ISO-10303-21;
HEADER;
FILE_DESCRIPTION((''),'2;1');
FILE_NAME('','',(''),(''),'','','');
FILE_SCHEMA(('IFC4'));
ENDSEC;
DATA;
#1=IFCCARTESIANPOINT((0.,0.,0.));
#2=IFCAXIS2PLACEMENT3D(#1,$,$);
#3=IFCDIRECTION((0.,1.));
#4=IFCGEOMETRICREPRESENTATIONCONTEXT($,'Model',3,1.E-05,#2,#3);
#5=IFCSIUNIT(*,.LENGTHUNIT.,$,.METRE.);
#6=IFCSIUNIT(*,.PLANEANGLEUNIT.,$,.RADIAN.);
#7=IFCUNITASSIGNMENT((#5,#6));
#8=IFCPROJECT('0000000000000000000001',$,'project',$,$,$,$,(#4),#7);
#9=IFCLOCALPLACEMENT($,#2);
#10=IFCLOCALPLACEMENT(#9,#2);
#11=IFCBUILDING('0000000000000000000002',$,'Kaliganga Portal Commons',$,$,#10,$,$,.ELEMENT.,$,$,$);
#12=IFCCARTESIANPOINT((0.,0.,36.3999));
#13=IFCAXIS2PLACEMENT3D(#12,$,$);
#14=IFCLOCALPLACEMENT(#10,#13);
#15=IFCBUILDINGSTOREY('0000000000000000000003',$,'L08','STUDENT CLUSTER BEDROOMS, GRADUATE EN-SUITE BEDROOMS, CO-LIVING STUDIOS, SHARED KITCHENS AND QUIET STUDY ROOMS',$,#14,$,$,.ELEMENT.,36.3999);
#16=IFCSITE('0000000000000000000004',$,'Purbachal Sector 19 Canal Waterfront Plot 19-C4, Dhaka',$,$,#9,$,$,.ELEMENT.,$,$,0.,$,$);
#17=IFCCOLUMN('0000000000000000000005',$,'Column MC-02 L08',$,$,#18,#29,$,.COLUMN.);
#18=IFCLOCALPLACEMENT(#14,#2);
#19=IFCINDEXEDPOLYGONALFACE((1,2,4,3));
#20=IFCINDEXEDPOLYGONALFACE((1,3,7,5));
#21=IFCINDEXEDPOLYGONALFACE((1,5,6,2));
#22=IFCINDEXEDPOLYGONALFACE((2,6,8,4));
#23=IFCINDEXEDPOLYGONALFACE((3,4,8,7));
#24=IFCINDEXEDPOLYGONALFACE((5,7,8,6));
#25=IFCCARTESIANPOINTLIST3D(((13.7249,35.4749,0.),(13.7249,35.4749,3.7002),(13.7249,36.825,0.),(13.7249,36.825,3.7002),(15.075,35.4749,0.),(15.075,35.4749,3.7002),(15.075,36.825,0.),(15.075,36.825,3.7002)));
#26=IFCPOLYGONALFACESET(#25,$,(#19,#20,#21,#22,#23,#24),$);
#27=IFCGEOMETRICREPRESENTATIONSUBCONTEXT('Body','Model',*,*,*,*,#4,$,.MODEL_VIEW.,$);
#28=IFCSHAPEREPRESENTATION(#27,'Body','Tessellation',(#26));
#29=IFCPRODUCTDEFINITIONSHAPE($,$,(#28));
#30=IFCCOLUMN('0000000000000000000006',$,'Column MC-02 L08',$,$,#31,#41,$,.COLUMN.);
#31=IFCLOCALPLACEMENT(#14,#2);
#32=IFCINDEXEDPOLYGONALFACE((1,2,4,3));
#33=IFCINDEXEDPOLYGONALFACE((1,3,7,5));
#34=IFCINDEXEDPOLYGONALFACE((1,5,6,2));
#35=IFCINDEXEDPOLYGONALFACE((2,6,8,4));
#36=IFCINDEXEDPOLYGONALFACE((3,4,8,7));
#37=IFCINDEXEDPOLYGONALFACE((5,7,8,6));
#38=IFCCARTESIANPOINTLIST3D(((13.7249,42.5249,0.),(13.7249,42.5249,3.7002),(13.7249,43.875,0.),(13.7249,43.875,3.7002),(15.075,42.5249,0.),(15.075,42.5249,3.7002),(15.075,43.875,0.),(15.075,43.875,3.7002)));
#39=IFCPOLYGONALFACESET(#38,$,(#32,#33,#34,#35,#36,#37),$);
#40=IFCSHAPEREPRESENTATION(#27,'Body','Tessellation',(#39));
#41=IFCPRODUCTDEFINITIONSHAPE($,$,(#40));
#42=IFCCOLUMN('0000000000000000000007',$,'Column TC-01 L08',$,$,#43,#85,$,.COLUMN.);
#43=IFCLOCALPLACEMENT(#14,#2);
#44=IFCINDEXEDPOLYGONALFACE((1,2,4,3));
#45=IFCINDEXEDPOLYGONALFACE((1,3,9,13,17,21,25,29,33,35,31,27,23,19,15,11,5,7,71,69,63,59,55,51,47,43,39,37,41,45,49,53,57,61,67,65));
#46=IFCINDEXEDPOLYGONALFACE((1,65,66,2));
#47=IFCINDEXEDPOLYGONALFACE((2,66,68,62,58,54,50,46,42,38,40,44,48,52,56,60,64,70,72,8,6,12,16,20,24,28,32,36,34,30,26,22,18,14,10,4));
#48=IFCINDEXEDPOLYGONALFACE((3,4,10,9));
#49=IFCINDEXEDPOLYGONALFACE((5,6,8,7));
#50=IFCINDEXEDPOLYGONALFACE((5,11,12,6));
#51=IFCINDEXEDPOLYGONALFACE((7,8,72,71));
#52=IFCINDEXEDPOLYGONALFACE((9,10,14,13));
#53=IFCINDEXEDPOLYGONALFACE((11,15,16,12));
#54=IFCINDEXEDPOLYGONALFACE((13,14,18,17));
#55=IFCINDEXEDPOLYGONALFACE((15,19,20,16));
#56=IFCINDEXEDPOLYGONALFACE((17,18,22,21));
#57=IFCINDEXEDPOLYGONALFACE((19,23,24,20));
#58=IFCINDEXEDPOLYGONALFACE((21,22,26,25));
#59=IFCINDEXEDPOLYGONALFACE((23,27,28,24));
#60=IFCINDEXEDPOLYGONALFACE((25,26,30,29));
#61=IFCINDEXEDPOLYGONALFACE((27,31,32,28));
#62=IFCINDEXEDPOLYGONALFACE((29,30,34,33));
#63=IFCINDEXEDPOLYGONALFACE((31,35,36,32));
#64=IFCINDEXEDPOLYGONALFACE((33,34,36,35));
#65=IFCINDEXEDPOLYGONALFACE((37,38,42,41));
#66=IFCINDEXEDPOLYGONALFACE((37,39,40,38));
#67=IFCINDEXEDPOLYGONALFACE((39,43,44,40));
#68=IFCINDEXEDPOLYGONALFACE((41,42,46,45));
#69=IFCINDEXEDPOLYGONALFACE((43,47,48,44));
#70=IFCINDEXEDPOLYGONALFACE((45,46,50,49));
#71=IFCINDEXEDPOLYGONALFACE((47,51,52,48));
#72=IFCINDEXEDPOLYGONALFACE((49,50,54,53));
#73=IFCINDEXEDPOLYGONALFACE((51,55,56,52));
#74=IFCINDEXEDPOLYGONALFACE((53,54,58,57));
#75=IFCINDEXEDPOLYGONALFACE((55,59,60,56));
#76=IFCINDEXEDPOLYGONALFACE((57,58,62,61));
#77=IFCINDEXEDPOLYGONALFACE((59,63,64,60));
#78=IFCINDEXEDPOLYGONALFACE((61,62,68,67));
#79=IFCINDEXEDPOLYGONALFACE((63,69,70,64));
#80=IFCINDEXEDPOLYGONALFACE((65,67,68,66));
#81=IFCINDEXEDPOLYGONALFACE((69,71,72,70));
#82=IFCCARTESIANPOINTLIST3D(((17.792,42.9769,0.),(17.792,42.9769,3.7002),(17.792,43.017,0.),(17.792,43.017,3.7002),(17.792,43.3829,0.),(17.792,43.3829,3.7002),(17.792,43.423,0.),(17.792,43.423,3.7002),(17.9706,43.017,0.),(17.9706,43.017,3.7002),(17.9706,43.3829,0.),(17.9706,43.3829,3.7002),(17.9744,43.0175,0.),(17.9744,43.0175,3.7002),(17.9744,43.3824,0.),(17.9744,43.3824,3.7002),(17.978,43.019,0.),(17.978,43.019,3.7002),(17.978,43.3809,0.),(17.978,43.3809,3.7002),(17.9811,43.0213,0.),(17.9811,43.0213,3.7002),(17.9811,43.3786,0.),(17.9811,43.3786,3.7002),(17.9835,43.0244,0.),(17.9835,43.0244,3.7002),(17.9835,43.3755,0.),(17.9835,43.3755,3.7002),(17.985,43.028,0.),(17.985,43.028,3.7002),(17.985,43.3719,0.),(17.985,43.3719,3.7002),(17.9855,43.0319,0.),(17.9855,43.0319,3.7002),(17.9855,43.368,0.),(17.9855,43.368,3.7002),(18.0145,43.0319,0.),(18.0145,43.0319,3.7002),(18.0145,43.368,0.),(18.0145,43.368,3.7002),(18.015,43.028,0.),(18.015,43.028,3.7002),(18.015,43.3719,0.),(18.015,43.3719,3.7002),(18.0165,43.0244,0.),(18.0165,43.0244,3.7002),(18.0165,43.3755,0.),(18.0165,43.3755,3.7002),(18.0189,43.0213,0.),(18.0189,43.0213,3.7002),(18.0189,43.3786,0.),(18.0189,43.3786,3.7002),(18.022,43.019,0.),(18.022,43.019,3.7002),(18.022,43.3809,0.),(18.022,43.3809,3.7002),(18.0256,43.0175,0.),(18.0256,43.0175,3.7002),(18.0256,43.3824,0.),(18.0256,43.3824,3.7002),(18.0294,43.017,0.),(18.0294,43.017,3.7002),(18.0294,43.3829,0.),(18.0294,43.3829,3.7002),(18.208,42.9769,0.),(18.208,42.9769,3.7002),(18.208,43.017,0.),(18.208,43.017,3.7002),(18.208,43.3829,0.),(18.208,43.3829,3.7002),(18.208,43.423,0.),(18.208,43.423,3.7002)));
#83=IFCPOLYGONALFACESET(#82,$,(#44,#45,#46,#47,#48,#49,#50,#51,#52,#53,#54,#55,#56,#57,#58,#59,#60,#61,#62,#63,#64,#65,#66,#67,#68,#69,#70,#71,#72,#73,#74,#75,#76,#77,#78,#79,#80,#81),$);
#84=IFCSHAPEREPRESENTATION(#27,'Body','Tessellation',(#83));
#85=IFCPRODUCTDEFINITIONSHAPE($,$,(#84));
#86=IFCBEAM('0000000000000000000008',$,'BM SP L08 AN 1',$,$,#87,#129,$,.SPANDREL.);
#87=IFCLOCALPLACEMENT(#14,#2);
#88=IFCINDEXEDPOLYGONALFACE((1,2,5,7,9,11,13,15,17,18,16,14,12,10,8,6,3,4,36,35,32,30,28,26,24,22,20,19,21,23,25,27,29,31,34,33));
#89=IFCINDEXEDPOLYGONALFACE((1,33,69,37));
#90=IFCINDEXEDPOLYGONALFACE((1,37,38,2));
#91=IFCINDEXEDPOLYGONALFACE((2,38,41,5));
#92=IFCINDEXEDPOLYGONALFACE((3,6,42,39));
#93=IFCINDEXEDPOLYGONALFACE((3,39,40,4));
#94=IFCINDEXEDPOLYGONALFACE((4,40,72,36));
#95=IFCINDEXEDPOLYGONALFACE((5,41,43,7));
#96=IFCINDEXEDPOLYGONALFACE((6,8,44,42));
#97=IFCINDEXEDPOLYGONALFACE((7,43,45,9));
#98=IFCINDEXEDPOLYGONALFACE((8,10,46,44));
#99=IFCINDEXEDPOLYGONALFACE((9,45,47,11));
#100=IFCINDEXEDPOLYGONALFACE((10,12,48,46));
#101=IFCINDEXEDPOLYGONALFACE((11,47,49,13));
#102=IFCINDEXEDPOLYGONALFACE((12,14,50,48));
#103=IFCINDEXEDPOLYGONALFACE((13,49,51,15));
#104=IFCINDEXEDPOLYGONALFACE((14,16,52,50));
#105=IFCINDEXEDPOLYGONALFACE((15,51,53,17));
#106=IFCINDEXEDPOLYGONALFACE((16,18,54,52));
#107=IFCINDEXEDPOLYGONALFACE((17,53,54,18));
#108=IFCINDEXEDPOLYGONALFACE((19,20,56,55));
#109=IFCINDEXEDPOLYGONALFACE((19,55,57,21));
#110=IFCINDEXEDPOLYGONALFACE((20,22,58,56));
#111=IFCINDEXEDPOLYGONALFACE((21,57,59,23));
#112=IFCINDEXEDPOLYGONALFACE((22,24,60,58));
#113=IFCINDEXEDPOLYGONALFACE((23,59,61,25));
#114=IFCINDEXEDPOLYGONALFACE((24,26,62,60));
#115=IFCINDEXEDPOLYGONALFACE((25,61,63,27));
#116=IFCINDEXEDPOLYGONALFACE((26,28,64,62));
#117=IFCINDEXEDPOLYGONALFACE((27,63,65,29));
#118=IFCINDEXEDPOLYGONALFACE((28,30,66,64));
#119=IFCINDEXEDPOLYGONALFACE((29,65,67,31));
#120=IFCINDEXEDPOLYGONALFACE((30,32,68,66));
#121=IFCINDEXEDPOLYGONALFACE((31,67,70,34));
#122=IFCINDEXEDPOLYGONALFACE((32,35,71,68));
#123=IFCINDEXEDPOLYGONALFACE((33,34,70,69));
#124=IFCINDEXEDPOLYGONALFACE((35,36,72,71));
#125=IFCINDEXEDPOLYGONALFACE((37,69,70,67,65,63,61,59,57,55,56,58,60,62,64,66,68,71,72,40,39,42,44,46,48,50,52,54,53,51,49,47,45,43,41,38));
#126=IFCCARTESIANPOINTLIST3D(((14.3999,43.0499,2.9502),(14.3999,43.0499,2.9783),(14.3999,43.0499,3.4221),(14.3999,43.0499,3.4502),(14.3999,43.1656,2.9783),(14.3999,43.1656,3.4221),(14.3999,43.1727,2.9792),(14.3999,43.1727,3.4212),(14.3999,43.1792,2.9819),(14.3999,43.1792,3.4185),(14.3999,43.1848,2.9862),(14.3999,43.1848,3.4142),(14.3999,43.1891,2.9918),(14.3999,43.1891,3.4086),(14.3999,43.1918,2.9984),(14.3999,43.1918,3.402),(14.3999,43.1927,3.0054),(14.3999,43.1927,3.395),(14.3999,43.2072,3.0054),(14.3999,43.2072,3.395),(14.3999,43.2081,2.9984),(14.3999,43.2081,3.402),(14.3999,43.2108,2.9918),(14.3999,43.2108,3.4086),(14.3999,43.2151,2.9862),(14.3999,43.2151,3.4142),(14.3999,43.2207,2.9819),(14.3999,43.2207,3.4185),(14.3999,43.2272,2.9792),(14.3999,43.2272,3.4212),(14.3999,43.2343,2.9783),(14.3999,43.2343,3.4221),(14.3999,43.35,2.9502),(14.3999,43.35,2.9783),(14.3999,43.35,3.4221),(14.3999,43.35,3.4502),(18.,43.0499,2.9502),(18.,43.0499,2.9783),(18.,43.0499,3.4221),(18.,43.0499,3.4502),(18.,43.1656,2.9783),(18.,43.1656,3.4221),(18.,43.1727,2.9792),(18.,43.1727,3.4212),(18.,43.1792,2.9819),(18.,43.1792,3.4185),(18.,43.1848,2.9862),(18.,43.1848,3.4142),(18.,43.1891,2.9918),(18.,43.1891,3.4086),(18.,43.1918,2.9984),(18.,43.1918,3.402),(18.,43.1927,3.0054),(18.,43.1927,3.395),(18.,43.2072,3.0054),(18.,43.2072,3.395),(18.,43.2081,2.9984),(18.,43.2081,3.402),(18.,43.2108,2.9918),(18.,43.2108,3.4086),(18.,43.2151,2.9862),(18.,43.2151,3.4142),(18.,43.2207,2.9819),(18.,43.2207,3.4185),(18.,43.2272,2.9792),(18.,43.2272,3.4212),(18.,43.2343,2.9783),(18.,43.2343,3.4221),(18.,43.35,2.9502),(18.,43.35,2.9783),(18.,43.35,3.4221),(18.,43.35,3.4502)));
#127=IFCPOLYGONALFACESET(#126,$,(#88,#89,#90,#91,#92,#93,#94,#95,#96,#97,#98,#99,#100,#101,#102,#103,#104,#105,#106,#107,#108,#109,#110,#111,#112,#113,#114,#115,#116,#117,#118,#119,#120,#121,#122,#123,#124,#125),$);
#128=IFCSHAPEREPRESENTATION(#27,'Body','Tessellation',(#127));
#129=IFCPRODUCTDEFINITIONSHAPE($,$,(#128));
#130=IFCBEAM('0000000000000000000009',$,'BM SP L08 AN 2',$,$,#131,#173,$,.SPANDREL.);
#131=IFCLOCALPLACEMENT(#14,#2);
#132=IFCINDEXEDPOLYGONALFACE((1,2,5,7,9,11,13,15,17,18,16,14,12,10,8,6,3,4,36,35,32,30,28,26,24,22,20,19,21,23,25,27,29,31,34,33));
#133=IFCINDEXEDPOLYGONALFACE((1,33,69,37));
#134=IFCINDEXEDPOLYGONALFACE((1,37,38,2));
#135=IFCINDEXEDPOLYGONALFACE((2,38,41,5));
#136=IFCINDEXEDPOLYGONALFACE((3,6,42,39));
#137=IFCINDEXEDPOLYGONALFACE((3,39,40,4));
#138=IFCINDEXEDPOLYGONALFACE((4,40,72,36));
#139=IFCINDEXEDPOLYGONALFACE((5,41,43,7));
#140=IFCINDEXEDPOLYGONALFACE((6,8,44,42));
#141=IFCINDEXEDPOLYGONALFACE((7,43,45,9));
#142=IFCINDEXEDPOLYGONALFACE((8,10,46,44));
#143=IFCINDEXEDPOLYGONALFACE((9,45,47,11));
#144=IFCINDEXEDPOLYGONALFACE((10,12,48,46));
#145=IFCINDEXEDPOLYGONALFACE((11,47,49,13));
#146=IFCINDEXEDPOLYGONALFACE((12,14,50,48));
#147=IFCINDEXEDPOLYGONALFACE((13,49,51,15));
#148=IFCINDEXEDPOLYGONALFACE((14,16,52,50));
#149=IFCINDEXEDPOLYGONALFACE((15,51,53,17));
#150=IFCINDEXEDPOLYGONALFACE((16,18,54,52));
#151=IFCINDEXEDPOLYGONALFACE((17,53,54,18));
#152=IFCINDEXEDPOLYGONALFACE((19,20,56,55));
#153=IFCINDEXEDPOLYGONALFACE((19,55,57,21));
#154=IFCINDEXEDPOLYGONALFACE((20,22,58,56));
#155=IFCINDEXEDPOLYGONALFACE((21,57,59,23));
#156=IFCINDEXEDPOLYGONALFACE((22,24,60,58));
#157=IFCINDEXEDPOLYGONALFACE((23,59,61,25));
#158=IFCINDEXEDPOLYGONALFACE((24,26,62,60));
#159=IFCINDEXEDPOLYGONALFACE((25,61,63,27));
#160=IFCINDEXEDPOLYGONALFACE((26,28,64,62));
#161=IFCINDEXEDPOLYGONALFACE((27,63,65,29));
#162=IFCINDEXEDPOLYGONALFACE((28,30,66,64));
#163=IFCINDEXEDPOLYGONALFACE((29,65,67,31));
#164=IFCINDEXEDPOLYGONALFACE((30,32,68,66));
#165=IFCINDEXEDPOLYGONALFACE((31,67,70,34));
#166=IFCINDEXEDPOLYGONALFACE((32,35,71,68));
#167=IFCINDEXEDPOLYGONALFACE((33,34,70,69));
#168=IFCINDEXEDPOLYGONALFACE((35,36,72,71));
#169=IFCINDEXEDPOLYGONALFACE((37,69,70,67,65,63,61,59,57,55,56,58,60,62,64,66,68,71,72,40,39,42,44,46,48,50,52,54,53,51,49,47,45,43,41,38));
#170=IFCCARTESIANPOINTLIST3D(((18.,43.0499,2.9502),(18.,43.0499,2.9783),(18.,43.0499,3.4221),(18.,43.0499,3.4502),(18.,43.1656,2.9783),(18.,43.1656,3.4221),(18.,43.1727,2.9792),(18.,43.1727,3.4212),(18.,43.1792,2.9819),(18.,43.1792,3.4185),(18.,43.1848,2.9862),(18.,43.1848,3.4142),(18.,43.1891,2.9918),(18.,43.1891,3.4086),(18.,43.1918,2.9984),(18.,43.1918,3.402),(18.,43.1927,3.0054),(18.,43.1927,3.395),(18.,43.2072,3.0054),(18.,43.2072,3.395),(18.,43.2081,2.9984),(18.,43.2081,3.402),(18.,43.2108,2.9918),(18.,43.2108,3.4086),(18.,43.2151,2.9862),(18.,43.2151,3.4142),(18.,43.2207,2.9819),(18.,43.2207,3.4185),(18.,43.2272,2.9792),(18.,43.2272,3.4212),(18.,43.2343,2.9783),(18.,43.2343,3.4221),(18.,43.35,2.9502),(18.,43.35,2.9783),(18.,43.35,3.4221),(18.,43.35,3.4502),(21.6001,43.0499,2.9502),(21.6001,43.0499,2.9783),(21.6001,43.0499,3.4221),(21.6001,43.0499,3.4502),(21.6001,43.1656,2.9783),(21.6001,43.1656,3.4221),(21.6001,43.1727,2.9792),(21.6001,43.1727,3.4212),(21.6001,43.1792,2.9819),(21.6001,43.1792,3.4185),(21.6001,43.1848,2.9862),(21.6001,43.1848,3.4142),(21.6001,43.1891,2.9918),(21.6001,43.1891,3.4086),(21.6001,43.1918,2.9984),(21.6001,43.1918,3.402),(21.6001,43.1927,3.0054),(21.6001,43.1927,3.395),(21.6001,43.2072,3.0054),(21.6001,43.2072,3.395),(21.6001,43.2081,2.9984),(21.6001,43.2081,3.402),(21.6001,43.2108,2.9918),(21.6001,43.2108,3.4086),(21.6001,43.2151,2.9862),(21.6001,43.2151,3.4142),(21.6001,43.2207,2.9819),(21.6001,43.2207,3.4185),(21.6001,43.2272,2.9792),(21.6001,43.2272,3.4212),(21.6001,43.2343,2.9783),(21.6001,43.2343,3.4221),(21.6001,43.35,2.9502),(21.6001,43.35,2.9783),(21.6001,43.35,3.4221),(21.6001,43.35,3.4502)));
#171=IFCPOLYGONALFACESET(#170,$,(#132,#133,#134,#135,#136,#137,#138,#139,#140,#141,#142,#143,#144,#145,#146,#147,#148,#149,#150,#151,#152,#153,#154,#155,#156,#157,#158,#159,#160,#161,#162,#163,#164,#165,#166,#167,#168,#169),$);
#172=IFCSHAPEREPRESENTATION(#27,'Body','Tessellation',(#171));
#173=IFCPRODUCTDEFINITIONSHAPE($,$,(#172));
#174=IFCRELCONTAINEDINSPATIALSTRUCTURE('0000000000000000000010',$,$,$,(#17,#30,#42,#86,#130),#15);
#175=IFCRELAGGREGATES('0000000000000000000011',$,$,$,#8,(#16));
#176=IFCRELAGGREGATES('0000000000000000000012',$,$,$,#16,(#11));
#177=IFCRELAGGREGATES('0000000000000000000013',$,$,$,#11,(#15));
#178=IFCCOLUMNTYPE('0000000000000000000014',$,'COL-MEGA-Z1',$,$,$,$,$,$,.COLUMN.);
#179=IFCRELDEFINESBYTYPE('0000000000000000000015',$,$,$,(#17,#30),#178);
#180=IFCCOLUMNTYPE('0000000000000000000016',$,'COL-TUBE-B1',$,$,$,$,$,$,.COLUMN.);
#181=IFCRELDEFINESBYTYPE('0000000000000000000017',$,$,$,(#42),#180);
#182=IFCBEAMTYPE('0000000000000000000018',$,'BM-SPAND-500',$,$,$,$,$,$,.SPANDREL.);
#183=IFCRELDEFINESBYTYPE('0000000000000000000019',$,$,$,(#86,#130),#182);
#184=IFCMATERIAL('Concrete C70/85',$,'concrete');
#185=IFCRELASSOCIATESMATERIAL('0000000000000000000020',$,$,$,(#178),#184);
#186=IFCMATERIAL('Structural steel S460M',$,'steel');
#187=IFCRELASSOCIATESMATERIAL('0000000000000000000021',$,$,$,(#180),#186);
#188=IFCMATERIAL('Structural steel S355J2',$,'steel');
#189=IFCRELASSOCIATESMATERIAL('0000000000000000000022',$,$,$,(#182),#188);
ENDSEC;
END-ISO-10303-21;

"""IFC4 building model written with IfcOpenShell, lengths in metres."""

from ifc_helpers import new_model, si_unit, direction, frame, origin, origin_2d, place, context, subcontext, project, spatial, rectangle, i_section, extrude, source, transform, mapped, material, material_profile, profile_set, type_object, element, save


model = new_model("IFC4")

# Units and contexts
model_context = context("Model", 3, precision=1e-05, world=origin(), true_north=direction((0.0, 1.0)))
body_context = subcontext(model_context, "Body", "Model", "MODEL_VIEW")
ifc_project = project(units=[si_unit("LENGTHUNIT", "METRE"), si_unit("PLANEANGLEUNIT", "RADIAN")], contexts=[model_context])

# Site, building, storey
site_placement = place(None, origin())
site = spatial("IfcSite", under=ifc_project, at=site_placement, Name="Purbachal Sector 19 Canal Waterfront Plot 19-C4, Dhaka", CompositionType="ELEMENT", RefElevation=0.0)
building_placement = place(site_placement, origin())
building = spatial("IfcBuilding", under=site, at=building_placement, Name="Kaliganga Portal Commons", CompositionType="ELEMENT")
storey_placement = place(building_placement, frame((0.0, 0.0, 36.3999)))
storey = spatial("IfcBuildingStorey", under=building, at=storey_placement, Name="L08", Description="STUDENT CLUSTER BEDROOMS, GRADUATE EN-SUITE BEDROOMS, CO-LIVING STUDIOS, SHARED KITCHENS AND QUIET STUDY ROOMS", CompositionType="ELEMENT", Elevation=36.3999)

# Columns
ifc_material_1 = material(Name="Concrete C70/85", Category="concrete")
ifc_material_profile_1 = material_profile(ifc_material_1, rectangle(XDim=1.3501, YDim=1.3501, at=origin_2d()), Name="RC 1350x1350")
ifc_profile_set_1 = profile_set([ifc_material_profile_1], Name="Concrete C70/85")
column_type_1 = type_object("IfcColumnType", Name="COL-MEGA-Z1", PredefinedType="COLUMN", material=ifc_profile_set_1)
shared_shape_1 = source(origin(), body_context, "Body", "SweptSolid", [
    extrude(rectangle(XDim=1.3501, YDim=1.3501, at=origin_2d()), origin(), (0.0, 0.0, 1.0), 3.7002),
])
for number, where, z_axis, x_axis, name in (
    (1, (14.3999, 36.1499, 0.0), (0.0, 0.0, 1.0), (1.0, 0.0, 0.0), "Column MC-02 L08"),
    (2, (14.3999, 43.2, 0.0), (0.0, 0.0, 1.0), (1.0, 0.0, 0.0), "Column MC-02 L08"),
):
    element("IfcColumn", number, at=place(storey_placement, frame(where, z_axis=z_axis, x_axis=x_axis)), inside=storey, type_object=column_type_1, Name=name, PredefinedType="COLUMN", context=body_context, shape_type="MappedRepresentation", body=[
        mapped(shared_shape_1, transform((0.0, 0.0, 0.0), x_axis=(1.0, 0.0, 0.0), y_axis=(0.0, 1.0, 0.0), z_axis=(0.0, 0.0, 1.0), scale=1.0)),
    ])
ifc_material_2 = material(Name="Structural steel S460M", Category="steel")
ifc_material_profile_2 = material_profile(ifc_material_2, i_section(OverallWidth=0.416, OverallDepth=0.446, WebThickness=0.0291, FlangeThickness=0.04, FilletRadius=0.0149, at=origin_2d()), Name="HD 400x509")
ifc_profile_set_2 = profile_set([ifc_material_profile_2], Name="Structural steel S460M wide-flange")
column_type_2 = type_object("IfcColumnType", Name="COL-TUBE-B1", PredefinedType="COLUMN", material=ifc_profile_set_2)
shared_shape_2 = source(origin(), body_context, "Body", "SweptSolid", [
    extrude(i_section(OverallWidth=0.416, OverallDepth=0.446, WebThickness=0.0291, FlangeThickness=0.04, FilletRadius=0.0149, at=origin_2d()), origin(), (0.0, 0.0, 1.0), 3.7002),
])
column_placement = place(storey_placement, frame((18.0, 43.2, 0.0), z_axis=(0.0, 0.0, 1.0), x_axis=(1.0, 0.0, 0.0)))
element("IfcColumn", 3, at=column_placement, inside=storey, type_object=column_type_2, Name="Column TC-01 L08", PredefinedType="COLUMN", context=body_context, shape_type="MappedRepresentation", body=[
    mapped(shared_shape_2, transform((0.0, 0.0, 0.0), x_axis=(1.0, 0.0, 0.0), y_axis=(0.0, 1.0, 0.0), z_axis=(0.0, 0.0, 1.0), scale=1.0)),
])

# Beams
ifc_material_3 = material(Name="Structural steel S355J2", Category="steel")
ifc_material_profile_3 = material_profile(ifc_material_3, i_section(OverallWidth=0.3, OverallDepth=0.5, WebThickness=0.0144, FlangeThickness=0.0281, FilletRadius=0.0271, at=origin_2d()), Name="HE 500 B")
ifc_profile_set_3 = profile_set([ifc_material_profile_3], Name="Structural steel S355J2 wide-flange")
beam_type_1 = type_object("IfcBeamType", Name="BM-SPAND-500", PredefinedType="SPANDREL", material=ifc_profile_set_3)
shared_shape_3 = source(origin(), body_context, "Body", "SweptSolid", [
    extrude(i_section(OverallWidth=0.3, OverallDepth=0.5, WebThickness=0.0144, FlangeThickness=0.0281, FilletRadius=0.0271, at=origin_2d()), origin(), (0.0, 0.0, 1.0), 3.6001),
])
for number, where, z_axis, x_axis, name in (
    (4, (14.3999, 43.2, 3.2002), (1.0, 0.0, 0.0), (0.0, 1.0, 0.0), "BM SP L08 AN 1"),
    (5, (18.0, 43.2, 3.2002), (1.0, 0.0, 0.0), (0.0, 1.0, 0.0), "BM SP L08 AN 2"),
):
    element("IfcBeam", number, at=place(storey_placement, frame(where, z_axis=z_axis, x_axis=x_axis)), inside=storey, type_object=beam_type_1, Name=name, PredefinedType="SPANDREL", context=body_context, shape_type="MappedRepresentation", body=[
        mapped(shared_shape_3, transform((0.0, 0.0, 0.0), x_axis=(1.0, 0.0, 0.0), y_axis=(0.0, 1.0, 0.0), z_axis=(0.0, 0.0, 1.0), scale=1.0)),
    ])

save(model, "model.ifc")
